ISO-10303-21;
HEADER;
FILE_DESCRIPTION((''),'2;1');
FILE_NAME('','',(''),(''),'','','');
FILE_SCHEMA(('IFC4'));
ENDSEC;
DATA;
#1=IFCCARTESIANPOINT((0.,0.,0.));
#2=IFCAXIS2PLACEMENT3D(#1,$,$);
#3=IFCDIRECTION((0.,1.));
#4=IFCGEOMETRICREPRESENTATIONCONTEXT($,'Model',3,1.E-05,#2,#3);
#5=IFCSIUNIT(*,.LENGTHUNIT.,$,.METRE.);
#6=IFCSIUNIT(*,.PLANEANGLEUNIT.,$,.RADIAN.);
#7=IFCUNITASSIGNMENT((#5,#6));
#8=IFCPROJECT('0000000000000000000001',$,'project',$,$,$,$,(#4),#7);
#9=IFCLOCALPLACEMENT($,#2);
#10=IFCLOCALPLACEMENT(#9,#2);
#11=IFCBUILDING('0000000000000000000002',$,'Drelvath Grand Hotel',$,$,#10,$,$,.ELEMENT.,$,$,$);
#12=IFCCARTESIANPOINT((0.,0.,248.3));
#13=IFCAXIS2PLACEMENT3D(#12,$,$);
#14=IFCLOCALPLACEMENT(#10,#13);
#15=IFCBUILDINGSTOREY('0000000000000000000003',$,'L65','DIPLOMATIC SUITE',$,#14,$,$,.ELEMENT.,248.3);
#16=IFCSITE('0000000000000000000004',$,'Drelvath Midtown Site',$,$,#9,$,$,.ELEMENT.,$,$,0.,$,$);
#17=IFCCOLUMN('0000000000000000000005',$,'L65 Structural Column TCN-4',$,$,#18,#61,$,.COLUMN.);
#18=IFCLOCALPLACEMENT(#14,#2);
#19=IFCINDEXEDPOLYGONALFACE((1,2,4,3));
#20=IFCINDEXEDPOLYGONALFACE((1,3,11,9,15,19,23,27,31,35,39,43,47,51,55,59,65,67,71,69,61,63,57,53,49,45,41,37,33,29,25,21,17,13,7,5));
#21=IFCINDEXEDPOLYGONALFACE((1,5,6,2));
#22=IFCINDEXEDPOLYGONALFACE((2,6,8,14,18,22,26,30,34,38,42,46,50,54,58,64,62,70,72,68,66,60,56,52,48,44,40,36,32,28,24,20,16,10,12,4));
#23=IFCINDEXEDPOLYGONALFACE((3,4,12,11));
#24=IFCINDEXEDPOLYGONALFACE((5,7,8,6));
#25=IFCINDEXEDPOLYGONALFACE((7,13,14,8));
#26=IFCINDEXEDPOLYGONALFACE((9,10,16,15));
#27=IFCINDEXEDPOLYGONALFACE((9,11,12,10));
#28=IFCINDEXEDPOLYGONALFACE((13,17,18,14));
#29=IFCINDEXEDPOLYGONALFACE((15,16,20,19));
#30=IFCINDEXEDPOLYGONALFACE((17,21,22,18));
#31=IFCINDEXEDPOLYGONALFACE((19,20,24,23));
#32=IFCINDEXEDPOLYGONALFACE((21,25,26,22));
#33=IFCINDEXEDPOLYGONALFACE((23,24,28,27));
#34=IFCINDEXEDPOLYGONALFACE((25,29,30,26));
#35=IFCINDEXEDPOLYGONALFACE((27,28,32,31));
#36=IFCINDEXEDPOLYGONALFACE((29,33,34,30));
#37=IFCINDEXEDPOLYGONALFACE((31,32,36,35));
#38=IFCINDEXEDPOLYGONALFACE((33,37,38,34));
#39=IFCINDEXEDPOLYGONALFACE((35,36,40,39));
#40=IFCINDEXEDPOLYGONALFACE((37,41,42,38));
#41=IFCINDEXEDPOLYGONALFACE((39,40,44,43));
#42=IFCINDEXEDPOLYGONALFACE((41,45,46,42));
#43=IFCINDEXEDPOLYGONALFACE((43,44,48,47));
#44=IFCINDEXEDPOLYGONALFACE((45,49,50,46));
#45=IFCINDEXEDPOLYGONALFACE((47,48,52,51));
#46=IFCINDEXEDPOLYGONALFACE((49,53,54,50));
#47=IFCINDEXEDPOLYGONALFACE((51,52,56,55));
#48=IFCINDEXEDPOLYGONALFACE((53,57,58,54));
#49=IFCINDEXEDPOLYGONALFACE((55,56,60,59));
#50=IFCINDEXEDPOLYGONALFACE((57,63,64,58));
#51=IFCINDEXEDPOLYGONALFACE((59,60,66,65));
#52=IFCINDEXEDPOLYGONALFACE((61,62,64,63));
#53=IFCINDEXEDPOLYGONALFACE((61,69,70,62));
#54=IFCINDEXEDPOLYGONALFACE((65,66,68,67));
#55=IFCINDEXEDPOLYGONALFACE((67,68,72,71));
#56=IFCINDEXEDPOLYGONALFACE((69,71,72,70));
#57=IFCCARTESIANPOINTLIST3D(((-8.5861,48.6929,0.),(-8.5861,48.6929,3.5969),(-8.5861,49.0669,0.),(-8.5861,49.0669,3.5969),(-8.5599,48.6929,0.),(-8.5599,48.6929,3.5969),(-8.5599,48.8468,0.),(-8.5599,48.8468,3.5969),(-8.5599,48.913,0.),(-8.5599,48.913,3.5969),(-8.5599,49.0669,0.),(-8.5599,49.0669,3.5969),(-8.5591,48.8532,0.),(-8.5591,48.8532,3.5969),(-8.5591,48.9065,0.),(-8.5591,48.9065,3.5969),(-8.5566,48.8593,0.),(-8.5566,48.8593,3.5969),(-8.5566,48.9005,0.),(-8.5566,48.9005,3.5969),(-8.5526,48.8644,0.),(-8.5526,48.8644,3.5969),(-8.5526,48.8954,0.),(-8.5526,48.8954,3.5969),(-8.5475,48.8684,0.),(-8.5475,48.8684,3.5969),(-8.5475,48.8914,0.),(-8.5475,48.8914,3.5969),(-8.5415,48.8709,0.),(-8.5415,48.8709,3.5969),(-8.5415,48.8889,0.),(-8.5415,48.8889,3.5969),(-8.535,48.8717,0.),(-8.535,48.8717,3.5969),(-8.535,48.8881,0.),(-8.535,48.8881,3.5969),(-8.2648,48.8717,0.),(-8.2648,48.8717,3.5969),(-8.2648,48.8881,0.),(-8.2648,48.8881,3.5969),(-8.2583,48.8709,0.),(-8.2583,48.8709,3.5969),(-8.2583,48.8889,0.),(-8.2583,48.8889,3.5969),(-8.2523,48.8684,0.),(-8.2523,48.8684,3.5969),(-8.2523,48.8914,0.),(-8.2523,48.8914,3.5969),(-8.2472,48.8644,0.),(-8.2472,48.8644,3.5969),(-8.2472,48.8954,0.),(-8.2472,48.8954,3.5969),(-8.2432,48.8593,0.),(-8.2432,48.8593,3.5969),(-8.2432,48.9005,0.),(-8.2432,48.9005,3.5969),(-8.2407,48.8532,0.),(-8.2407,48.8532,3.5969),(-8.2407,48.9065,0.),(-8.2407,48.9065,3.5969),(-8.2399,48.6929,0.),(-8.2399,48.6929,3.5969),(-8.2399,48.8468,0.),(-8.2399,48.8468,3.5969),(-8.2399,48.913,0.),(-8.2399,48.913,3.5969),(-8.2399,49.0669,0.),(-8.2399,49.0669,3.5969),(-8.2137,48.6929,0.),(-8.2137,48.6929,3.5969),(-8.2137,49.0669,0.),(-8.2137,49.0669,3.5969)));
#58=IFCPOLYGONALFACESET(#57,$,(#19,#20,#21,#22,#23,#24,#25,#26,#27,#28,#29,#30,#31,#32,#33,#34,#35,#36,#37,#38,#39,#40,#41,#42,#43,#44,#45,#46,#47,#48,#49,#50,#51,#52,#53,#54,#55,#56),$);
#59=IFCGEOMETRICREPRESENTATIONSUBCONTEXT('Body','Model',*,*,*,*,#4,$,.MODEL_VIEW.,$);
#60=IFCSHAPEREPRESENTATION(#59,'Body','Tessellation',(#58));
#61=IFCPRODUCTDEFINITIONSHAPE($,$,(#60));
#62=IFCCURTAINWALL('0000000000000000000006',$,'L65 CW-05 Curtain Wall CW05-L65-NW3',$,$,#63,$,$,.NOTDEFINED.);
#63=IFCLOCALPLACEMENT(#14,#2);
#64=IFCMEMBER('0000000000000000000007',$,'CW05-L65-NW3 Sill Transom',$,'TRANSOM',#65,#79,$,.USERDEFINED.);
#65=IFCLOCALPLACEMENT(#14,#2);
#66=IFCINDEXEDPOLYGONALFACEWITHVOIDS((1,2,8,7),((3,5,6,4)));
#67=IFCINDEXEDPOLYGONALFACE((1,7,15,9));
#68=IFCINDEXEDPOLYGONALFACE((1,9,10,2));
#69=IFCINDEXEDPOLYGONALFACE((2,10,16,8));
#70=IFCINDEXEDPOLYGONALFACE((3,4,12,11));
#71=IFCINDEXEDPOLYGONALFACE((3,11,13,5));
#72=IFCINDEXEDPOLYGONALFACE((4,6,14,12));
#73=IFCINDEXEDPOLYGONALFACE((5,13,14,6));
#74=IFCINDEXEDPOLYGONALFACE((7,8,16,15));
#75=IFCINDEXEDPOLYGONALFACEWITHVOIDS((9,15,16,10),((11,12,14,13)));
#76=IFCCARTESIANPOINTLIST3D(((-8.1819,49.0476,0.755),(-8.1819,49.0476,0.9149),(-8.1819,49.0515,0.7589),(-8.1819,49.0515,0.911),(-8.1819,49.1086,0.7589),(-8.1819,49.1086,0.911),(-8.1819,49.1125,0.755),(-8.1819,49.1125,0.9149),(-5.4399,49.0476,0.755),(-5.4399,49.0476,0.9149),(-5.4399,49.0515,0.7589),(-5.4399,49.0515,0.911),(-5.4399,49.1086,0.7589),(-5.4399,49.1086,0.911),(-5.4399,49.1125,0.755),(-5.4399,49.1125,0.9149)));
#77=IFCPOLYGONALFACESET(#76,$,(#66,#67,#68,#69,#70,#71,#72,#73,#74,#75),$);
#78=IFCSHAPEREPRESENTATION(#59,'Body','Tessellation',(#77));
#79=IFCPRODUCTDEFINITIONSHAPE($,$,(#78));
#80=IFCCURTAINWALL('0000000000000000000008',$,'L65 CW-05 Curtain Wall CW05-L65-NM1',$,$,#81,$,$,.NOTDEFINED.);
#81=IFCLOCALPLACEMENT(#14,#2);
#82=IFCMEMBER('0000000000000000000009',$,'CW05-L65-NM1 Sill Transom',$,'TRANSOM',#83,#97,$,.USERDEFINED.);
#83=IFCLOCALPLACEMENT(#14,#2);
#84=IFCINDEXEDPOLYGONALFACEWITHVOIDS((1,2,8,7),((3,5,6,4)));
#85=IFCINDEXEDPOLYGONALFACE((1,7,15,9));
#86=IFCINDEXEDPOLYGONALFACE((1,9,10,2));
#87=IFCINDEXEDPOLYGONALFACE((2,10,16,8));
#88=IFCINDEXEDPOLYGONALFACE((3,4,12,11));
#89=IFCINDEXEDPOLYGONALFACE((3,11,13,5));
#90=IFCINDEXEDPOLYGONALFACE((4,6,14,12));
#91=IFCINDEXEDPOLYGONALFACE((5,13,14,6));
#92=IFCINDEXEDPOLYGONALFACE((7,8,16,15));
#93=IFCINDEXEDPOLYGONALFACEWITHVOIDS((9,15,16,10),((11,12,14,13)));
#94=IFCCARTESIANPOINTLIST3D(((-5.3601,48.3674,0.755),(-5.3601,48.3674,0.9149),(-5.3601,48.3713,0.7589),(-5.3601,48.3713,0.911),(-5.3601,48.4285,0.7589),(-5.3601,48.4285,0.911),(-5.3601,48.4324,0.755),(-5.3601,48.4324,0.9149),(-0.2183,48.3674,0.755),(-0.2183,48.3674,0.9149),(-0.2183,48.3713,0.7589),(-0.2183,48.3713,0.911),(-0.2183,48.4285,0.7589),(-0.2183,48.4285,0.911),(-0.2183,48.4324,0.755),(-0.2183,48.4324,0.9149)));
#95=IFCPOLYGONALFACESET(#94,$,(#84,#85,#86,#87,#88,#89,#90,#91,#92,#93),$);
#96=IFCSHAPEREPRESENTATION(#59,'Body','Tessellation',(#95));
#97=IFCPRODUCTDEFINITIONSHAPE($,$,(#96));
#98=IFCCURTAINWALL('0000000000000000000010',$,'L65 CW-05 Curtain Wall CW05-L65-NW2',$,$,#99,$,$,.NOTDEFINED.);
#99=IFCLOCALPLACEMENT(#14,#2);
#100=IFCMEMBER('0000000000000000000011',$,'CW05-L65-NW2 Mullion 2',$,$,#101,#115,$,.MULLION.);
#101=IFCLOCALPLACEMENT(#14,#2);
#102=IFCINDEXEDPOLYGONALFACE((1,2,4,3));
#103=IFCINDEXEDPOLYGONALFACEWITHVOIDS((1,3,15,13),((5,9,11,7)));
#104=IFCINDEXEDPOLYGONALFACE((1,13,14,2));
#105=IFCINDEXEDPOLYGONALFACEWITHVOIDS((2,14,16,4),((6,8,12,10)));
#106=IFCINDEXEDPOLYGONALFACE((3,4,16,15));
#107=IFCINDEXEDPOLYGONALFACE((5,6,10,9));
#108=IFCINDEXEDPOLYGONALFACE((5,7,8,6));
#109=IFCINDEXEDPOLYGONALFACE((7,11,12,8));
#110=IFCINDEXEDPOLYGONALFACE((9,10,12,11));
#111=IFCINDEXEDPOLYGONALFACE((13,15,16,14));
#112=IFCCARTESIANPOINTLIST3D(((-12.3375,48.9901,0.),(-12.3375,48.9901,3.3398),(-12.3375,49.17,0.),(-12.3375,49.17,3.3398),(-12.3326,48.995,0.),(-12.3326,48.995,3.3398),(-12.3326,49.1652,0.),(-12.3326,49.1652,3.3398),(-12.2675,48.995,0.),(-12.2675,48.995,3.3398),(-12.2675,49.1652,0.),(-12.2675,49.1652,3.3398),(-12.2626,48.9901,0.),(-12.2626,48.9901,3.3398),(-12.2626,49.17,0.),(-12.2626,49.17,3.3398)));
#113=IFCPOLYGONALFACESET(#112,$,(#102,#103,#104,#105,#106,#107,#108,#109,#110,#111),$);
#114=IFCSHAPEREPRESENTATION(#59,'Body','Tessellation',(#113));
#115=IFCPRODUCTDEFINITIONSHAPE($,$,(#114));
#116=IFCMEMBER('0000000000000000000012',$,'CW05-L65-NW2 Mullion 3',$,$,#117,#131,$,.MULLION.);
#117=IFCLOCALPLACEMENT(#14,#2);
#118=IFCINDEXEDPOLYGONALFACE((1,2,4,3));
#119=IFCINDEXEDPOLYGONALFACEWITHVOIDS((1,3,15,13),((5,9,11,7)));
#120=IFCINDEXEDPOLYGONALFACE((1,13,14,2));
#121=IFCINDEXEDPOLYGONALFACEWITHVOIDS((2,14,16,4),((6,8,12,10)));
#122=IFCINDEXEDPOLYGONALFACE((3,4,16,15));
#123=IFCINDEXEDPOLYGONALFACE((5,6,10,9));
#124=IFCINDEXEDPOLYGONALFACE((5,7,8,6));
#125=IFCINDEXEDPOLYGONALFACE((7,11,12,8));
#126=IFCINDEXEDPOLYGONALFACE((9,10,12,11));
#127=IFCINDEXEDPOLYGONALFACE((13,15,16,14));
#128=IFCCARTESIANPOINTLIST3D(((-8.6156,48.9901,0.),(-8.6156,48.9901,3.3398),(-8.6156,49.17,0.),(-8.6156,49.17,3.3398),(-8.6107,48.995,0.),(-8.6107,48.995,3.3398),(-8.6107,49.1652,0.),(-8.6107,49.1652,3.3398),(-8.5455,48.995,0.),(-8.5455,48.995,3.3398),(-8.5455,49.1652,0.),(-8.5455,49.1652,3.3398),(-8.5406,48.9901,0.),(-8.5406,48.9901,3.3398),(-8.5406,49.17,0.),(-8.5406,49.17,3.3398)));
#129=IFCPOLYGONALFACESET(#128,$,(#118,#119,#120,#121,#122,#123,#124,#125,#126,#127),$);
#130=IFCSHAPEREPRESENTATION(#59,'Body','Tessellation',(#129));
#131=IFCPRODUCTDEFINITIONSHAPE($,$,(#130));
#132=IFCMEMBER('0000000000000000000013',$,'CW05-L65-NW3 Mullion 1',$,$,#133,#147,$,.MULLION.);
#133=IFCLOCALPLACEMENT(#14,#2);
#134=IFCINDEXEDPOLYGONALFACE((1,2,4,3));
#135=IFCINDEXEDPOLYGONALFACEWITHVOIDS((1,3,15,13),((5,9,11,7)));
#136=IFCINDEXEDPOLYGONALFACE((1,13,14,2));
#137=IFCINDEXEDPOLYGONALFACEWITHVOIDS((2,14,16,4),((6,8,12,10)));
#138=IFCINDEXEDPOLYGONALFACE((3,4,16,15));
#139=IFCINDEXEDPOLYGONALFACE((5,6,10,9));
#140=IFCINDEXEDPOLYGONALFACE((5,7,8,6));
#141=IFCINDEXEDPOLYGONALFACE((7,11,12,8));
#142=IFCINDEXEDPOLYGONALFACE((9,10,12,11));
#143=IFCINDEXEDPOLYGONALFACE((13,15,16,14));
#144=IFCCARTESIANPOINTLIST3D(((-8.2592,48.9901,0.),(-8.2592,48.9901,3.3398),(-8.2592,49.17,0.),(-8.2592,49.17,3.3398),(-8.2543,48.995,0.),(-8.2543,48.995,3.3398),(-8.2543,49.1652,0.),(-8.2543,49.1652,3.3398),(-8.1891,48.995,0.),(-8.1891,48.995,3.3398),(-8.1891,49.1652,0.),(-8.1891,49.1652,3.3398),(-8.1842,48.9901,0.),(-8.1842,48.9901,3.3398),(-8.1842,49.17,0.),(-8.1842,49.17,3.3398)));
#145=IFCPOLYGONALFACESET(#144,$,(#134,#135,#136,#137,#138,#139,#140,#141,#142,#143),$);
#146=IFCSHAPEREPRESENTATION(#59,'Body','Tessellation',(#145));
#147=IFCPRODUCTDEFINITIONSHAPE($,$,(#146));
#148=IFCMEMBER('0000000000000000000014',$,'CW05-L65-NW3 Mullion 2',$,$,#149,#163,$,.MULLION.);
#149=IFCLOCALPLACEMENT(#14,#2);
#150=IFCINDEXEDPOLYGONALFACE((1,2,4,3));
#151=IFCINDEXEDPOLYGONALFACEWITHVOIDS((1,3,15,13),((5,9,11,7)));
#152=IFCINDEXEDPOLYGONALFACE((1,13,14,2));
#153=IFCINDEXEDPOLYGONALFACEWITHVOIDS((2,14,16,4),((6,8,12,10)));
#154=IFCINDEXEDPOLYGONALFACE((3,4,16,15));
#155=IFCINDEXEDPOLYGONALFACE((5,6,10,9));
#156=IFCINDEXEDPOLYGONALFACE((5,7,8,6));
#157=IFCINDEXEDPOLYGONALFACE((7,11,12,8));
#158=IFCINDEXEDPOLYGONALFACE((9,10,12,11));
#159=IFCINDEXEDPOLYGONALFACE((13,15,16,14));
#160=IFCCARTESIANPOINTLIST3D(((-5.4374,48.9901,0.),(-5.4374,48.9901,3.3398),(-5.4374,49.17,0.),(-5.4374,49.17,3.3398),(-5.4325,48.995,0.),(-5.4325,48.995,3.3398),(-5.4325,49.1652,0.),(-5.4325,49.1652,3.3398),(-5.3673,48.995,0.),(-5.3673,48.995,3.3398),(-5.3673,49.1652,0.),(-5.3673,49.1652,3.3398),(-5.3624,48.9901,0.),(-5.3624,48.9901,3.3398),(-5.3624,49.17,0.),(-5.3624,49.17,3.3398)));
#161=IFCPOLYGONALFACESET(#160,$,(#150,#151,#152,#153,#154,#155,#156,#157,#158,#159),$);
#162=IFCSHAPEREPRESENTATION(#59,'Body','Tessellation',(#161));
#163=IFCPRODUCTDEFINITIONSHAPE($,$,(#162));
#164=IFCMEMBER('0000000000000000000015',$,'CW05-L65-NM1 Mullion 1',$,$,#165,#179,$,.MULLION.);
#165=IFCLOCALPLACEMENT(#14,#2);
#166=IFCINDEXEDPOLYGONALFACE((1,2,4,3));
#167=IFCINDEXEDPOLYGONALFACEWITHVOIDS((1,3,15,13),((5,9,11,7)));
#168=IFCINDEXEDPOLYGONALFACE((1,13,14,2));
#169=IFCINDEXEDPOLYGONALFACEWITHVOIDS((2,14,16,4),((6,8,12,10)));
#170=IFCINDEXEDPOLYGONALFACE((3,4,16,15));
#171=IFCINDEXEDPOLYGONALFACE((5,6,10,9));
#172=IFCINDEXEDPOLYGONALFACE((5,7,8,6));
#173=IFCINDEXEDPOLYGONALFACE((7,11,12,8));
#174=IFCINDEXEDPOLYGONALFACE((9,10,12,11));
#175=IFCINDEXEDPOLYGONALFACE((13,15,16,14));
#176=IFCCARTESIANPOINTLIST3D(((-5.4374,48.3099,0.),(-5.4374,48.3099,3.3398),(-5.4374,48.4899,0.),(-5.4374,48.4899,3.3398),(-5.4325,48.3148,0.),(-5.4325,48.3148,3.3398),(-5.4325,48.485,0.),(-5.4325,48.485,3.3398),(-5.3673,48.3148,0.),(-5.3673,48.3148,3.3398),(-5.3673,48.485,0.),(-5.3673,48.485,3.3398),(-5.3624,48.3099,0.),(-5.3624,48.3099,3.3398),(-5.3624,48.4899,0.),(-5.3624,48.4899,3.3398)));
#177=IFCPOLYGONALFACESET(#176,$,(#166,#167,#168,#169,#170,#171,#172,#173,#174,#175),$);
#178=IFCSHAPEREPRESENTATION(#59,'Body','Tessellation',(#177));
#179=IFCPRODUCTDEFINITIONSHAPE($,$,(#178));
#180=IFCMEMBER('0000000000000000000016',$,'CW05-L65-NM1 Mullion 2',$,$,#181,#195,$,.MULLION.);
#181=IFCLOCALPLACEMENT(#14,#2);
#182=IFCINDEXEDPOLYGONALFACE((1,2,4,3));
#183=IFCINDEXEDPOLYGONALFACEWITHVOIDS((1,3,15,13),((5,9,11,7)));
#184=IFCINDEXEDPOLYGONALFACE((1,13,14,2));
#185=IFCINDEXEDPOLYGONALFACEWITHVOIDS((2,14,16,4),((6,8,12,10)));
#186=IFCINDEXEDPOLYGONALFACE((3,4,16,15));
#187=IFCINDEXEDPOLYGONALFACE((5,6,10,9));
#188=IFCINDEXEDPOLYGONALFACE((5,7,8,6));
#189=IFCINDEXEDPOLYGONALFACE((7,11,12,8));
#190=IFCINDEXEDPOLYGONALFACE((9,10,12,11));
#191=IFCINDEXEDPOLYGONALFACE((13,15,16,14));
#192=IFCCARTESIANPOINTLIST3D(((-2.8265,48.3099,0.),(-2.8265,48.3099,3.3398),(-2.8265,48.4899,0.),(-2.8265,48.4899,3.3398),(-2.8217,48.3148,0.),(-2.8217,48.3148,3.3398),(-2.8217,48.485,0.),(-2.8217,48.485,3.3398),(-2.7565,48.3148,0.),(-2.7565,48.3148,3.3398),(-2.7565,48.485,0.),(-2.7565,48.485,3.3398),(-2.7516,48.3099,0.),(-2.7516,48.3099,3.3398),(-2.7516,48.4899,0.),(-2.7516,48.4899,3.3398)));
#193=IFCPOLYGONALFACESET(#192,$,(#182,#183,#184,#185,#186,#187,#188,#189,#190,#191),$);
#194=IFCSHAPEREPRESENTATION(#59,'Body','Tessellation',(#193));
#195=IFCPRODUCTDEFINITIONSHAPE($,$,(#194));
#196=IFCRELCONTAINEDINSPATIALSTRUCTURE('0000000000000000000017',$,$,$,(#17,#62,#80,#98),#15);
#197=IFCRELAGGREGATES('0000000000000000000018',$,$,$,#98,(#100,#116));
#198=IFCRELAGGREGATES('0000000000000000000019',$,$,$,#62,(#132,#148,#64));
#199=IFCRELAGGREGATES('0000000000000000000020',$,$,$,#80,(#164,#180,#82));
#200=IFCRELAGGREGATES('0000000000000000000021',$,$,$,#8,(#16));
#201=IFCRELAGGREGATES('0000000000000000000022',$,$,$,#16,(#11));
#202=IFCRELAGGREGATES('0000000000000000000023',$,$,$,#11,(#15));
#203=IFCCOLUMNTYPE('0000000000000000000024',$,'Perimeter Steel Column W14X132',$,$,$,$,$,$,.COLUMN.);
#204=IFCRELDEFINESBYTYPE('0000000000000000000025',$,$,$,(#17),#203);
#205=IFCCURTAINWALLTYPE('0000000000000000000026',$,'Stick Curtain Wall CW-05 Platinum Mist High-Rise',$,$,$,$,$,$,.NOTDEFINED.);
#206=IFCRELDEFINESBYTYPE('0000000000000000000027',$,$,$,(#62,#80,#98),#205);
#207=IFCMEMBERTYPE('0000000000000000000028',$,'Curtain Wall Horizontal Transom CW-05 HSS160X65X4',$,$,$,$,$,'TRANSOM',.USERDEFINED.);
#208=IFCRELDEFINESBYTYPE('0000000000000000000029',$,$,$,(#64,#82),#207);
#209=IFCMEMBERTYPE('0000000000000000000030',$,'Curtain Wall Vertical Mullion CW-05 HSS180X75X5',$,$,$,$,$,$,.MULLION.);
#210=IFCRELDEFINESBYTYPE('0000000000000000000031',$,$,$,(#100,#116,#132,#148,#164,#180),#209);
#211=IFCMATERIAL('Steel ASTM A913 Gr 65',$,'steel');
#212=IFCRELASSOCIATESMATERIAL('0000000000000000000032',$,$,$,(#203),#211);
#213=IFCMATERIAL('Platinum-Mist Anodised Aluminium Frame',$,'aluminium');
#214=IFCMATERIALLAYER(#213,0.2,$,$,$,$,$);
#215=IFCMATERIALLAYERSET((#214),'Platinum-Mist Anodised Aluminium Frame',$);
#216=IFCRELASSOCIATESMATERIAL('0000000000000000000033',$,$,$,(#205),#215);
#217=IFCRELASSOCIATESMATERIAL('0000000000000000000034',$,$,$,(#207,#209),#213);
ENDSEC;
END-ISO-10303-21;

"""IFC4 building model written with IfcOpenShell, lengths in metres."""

from ifc_helpers import new_model, si_unit, direction, frame, origin, origin_2d, place, context, subcontext, project, spatial, hollow_rectangle, i_section, extrude, material, layer, layer_set, material_profile, profile_set, type_object, element, aggregate, save


model = new_model("IFC4")

# Units and contexts
model_context = context("Model", 3, precision=1e-05, world=origin(), true_north=direction((0.0, 1.0)))
body_context = subcontext(model_context, "Body", "Model", "MODEL_VIEW")
ifc_project = project(units=[si_unit("LENGTHUNIT", "METRE"), si_unit("PLANEANGLEUNIT", "RADIAN")], contexts=[model_context])

# Site, building, storey
site_placement = place(None, origin())
site = spatial("IfcSite", under=ifc_project, at=site_placement, Name="Drelvath Midtown Site", CompositionType="ELEMENT", RefElevation=0.0)
building_placement = place(site_placement, origin())
building = spatial("IfcBuilding", under=site, at=building_placement, Name="Drelvath Grand Hotel", CompositionType="ELEMENT")
storey_placement = place(building_placement, frame((0.0, 0.0, 248.3)))
storey = spatial("IfcBuildingStorey", under=building, at=storey_placement, Name="L65", Description="DIPLOMATIC SUITE", CompositionType="ELEMENT", Elevation=248.3)

# Column
ifc_material_1 = material(Name="Steel ASTM A913 Gr 65", Category="steel")
ifc_material_profile_1 = material_profile(ifc_material_1, i_section(OverallWidth=0.374, OverallDepth=0.3723, WebThickness=0.0164, FlangeThickness=0.0261, FilletRadius=0.0249, at=origin_2d()), Name="W14X132")
ifc_profile_set_1 = profile_set([ifc_material_profile_1], Name="Steel ASTM A913 Gr 65")
column_type = type_object("IfcColumnType", Name="Perimeter Steel Column W14X132", PredefinedType="COLUMN", material=ifc_profile_set_1)
column_placement = place(storey_placement, frame((-8.3999, 48.8799, 0.0), z_axis=(0.0, 0.0, 1.0), x_axis=(0.0, 1.0, 0.0)))
element("IfcColumn", 1, at=column_placement, inside=storey, type_object=column_type, Name="L65 Structural Column TCN-4", PredefinedType="COLUMN", context=body_context, shape_type="SweptSolid", body=[
    extrude(i_section(OverallWidth=0.374, OverallDepth=0.3723, WebThickness=0.0164, FlangeThickness=0.0261, FilletRadius=0.0249, at=origin_2d()), origin(), (0.0, 0.0, 1.0), 3.5969),
])

# Curtain walls, members
ifc_material_2 = material(Name="Platinum-Mist Anodised Aluminium Frame", Category="aluminium")
ifc_layer_1 = layer(ifc_material_2, 0.2)
ifc_layer_set_1 = layer_set([ifc_layer_1], Name="Platinum-Mist Anodised Aluminium Frame")
curtain_wall_type = type_object("IfcCurtainWallType", Name="Stick Curtain Wall CW-05 Platinum Mist High-Rise", PredefinedType="NOTDEFINED", material=ifc_layer_set_1)
curtain_wall_1_placement = place(storey_placement, origin())
curtain_wall_1 = element("IfcCurtainWall", 2, at=curtain_wall_1_placement, inside=storey, type_object=curtain_wall_type, Name="L65 CW-05 Curtain Wall CW05-L65-NW3", PredefinedType="NOTDEFINED")
ifc_material_profile_2 = material_profile(ifc_material_2, hollow_rectangle(XDim=0.0649, YDim=0.1599, WallThickness=0.0039, at=origin_2d()), Name="HSS160X65X4")
ifc_profile_set_2 = profile_set([ifc_material_profile_2], Name="Platinum-Mist Anodised Aluminium Frame")
member_type_1 = type_object("IfcMemberType", Name="Curtain Wall Horizontal Transom CW-05 HSS160X65X4", ElementType="TRANSOM", PredefinedType="USERDEFINED", material=ifc_profile_set_2)
member_1_placement = place(storey_placement, frame((-8.1819, 49.0801, 0.835), z_axis=(1.0, 0.0, 0.0), x_axis=(0.0, 1.0, 0.0)))
member_1 = element("IfcMember", 3, at=member_1_placement, type_object=member_type_1, Name="CW05-L65-NW3 Sill Transom", ObjectType="TRANSOM", PredefinedType="USERDEFINED", context=body_context, shape_type="SweptSolid", body=[
    extrude(hollow_rectangle(XDim=0.0649, YDim=0.1599, WallThickness=0.0039, at=origin_2d()), origin(), (0.0, 0.0, 1.0), 2.7419),
])
curtain_wall_2_placement = place(storey_placement, origin())
curtain_wall_2 = element("IfcCurtainWall", 4, at=curtain_wall_2_placement, inside=storey, type_object=curtain_wall_type, Name="L65 CW-05 Curtain Wall CW05-L65-NM1", PredefinedType="NOTDEFINED")
member_2_placement = place(storey_placement, frame((-5.3601, 48.3999, 0.835), z_axis=(1.0, 0.0, 0.0), x_axis=(0.0, 1.0, 0.0)))
member_2 = element("IfcMember", 5, at=member_2_placement, type_object=member_type_1, Name="CW05-L65-NM1 Sill Transom", ObjectType="TRANSOM", PredefinedType="USERDEFINED", context=body_context, shape_type="SweptSolid", body=[
    extrude(hollow_rectangle(XDim=0.0649, YDim=0.1599, WallThickness=0.0039, at=origin_2d()), origin(), (0.0, 0.0, 1.0), 5.1418),
])

# Curtain wall, members
curtain_wall_3_placement = place(storey_placement, origin())
curtain_wall_3 = element("IfcCurtainWall", 6, at=curtain_wall_3_placement, inside=storey, type_object=curtain_wall_type, Name="L65 CW-05 Curtain Wall CW05-L65-NW2", PredefinedType="NOTDEFINED")
ifc_material_profile_3 = material_profile(ifc_material_2, hollow_rectangle(XDim=0.075, YDim=0.1799, WallThickness=0.0049, at=origin_2d()), Name="HSS180X75X5")
ifc_profile_set_3 = profile_set([ifc_material_profile_3], Name="Platinum-Mist Anodised Aluminium Frame")
member_type_2 = type_object("IfcMemberType", Name="Curtain Wall Vertical Mullion CW-05 HSS180X75X5", PredefinedType="MULLION", material=ifc_profile_set_3)
member_3_placement = place(storey_placement, frame((-12.3, 49.0801, 0.0), z_axis=(0.0, 0.0, 1.0), x_axis=(1.0, 0.0, 0.0)))
member_3 = element("IfcMember", 7, at=member_3_placement, type_object=member_type_2, Name="CW05-L65-NW2 Mullion 2", PredefinedType="MULLION", context=body_context, shape_type="SweptSolid", body=[
    extrude(hollow_rectangle(XDim=0.075, YDim=0.1799, WallThickness=0.0049, at=origin_2d()), origin(), (0.0, 0.0, 1.0), 3.3398),
])
member_4_placement = place(storey_placement, frame((-8.5781, 49.0801, 0.0), z_axis=(0.0, 0.0, 1.0), x_axis=(1.0, 0.0, 0.0)))
member_4 = element("IfcMember", 8, at=member_4_placement, type_object=member_type_2, Name="CW05-L65-NW2 Mullion 3", PredefinedType="MULLION", context=body_context, shape_type="SweptSolid", body=[
    extrude(hollow_rectangle(XDim=0.075, YDim=0.1799, WallThickness=0.0049, at=origin_2d()), origin(), (0.0, 0.0, 1.0), 3.3398),
])

# Members
member_5_placement = place(storey_placement, frame((-8.2217, 49.0801, 0.0), z_axis=(0.0, 0.0, 1.0), x_axis=(1.0, 0.0, 0.0)))
member_5 = element("IfcMember", 9, at=member_5_placement, type_object=member_type_2, Name="CW05-L65-NW3 Mullion 1", PredefinedType="MULLION", context=body_context, shape_type="SweptSolid", body=[
    extrude(hollow_rectangle(XDim=0.075, YDim=0.1799, WallThickness=0.0049, at=origin_2d()), origin(), (0.0, 0.0, 1.0), 3.3398),
])
member_6_placement = place(storey_placement, frame((-5.3999, 49.0801, 0.0), z_axis=(0.0, 0.0, 1.0), x_axis=(1.0, 0.0, 0.0)))
member_6 = element("IfcMember", 10, at=member_6_placement, type_object=member_type_2, Name="CW05-L65-NW3 Mullion 2", PredefinedType="MULLION", context=body_context, shape_type="SweptSolid", body=[
    extrude(hollow_rectangle(XDim=0.075, YDim=0.1799, WallThickness=0.0049, at=origin_2d()), origin(), (0.0, 0.0, 1.0), 3.3398),
])
member_7_placement = place(storey_placement, frame((-5.3999, 48.3999, 0.0), z_axis=(0.0, 0.0, 1.0), x_axis=(1.0, 0.0, 0.0)))
member_7 = element("IfcMember", 11, at=member_7_placement, type_object=member_type_2, Name="CW05-L65-NM1 Mullion 1", PredefinedType="MULLION", context=body_context, shape_type="SweptSolid", body=[
    extrude(hollow_rectangle(XDim=0.075, YDim=0.1799, WallThickness=0.0049, at=origin_2d()), origin(), (0.0, 0.0, 1.0), 3.3398),
])
member_8_placement = place(storey_placement, frame((-2.7891, 48.3999, 0.0), z_axis=(0.0, 0.0, 1.0), x_axis=(1.0, 0.0, 0.0)))
member_8 = element("IfcMember", 12, at=member_8_placement, type_object=member_type_2, Name="CW05-L65-NM1 Mullion 2", PredefinedType="MULLION", context=body_context, shape_type="SweptSolid", body=[
    extrude(hollow_rectangle(XDim=0.075, YDim=0.1799, WallThickness=0.0049, at=origin_2d()), origin(), (0.0, 0.0, 1.0), 3.3398),
])

aggregate(curtain_wall_3, [member_3, member_4])
aggregate(curtain_wall_1, [member_5, member_6, member_1])
aggregate(curtain_wall_2, [member_7, member_8, member_2])

save(model, "model.ifc")
